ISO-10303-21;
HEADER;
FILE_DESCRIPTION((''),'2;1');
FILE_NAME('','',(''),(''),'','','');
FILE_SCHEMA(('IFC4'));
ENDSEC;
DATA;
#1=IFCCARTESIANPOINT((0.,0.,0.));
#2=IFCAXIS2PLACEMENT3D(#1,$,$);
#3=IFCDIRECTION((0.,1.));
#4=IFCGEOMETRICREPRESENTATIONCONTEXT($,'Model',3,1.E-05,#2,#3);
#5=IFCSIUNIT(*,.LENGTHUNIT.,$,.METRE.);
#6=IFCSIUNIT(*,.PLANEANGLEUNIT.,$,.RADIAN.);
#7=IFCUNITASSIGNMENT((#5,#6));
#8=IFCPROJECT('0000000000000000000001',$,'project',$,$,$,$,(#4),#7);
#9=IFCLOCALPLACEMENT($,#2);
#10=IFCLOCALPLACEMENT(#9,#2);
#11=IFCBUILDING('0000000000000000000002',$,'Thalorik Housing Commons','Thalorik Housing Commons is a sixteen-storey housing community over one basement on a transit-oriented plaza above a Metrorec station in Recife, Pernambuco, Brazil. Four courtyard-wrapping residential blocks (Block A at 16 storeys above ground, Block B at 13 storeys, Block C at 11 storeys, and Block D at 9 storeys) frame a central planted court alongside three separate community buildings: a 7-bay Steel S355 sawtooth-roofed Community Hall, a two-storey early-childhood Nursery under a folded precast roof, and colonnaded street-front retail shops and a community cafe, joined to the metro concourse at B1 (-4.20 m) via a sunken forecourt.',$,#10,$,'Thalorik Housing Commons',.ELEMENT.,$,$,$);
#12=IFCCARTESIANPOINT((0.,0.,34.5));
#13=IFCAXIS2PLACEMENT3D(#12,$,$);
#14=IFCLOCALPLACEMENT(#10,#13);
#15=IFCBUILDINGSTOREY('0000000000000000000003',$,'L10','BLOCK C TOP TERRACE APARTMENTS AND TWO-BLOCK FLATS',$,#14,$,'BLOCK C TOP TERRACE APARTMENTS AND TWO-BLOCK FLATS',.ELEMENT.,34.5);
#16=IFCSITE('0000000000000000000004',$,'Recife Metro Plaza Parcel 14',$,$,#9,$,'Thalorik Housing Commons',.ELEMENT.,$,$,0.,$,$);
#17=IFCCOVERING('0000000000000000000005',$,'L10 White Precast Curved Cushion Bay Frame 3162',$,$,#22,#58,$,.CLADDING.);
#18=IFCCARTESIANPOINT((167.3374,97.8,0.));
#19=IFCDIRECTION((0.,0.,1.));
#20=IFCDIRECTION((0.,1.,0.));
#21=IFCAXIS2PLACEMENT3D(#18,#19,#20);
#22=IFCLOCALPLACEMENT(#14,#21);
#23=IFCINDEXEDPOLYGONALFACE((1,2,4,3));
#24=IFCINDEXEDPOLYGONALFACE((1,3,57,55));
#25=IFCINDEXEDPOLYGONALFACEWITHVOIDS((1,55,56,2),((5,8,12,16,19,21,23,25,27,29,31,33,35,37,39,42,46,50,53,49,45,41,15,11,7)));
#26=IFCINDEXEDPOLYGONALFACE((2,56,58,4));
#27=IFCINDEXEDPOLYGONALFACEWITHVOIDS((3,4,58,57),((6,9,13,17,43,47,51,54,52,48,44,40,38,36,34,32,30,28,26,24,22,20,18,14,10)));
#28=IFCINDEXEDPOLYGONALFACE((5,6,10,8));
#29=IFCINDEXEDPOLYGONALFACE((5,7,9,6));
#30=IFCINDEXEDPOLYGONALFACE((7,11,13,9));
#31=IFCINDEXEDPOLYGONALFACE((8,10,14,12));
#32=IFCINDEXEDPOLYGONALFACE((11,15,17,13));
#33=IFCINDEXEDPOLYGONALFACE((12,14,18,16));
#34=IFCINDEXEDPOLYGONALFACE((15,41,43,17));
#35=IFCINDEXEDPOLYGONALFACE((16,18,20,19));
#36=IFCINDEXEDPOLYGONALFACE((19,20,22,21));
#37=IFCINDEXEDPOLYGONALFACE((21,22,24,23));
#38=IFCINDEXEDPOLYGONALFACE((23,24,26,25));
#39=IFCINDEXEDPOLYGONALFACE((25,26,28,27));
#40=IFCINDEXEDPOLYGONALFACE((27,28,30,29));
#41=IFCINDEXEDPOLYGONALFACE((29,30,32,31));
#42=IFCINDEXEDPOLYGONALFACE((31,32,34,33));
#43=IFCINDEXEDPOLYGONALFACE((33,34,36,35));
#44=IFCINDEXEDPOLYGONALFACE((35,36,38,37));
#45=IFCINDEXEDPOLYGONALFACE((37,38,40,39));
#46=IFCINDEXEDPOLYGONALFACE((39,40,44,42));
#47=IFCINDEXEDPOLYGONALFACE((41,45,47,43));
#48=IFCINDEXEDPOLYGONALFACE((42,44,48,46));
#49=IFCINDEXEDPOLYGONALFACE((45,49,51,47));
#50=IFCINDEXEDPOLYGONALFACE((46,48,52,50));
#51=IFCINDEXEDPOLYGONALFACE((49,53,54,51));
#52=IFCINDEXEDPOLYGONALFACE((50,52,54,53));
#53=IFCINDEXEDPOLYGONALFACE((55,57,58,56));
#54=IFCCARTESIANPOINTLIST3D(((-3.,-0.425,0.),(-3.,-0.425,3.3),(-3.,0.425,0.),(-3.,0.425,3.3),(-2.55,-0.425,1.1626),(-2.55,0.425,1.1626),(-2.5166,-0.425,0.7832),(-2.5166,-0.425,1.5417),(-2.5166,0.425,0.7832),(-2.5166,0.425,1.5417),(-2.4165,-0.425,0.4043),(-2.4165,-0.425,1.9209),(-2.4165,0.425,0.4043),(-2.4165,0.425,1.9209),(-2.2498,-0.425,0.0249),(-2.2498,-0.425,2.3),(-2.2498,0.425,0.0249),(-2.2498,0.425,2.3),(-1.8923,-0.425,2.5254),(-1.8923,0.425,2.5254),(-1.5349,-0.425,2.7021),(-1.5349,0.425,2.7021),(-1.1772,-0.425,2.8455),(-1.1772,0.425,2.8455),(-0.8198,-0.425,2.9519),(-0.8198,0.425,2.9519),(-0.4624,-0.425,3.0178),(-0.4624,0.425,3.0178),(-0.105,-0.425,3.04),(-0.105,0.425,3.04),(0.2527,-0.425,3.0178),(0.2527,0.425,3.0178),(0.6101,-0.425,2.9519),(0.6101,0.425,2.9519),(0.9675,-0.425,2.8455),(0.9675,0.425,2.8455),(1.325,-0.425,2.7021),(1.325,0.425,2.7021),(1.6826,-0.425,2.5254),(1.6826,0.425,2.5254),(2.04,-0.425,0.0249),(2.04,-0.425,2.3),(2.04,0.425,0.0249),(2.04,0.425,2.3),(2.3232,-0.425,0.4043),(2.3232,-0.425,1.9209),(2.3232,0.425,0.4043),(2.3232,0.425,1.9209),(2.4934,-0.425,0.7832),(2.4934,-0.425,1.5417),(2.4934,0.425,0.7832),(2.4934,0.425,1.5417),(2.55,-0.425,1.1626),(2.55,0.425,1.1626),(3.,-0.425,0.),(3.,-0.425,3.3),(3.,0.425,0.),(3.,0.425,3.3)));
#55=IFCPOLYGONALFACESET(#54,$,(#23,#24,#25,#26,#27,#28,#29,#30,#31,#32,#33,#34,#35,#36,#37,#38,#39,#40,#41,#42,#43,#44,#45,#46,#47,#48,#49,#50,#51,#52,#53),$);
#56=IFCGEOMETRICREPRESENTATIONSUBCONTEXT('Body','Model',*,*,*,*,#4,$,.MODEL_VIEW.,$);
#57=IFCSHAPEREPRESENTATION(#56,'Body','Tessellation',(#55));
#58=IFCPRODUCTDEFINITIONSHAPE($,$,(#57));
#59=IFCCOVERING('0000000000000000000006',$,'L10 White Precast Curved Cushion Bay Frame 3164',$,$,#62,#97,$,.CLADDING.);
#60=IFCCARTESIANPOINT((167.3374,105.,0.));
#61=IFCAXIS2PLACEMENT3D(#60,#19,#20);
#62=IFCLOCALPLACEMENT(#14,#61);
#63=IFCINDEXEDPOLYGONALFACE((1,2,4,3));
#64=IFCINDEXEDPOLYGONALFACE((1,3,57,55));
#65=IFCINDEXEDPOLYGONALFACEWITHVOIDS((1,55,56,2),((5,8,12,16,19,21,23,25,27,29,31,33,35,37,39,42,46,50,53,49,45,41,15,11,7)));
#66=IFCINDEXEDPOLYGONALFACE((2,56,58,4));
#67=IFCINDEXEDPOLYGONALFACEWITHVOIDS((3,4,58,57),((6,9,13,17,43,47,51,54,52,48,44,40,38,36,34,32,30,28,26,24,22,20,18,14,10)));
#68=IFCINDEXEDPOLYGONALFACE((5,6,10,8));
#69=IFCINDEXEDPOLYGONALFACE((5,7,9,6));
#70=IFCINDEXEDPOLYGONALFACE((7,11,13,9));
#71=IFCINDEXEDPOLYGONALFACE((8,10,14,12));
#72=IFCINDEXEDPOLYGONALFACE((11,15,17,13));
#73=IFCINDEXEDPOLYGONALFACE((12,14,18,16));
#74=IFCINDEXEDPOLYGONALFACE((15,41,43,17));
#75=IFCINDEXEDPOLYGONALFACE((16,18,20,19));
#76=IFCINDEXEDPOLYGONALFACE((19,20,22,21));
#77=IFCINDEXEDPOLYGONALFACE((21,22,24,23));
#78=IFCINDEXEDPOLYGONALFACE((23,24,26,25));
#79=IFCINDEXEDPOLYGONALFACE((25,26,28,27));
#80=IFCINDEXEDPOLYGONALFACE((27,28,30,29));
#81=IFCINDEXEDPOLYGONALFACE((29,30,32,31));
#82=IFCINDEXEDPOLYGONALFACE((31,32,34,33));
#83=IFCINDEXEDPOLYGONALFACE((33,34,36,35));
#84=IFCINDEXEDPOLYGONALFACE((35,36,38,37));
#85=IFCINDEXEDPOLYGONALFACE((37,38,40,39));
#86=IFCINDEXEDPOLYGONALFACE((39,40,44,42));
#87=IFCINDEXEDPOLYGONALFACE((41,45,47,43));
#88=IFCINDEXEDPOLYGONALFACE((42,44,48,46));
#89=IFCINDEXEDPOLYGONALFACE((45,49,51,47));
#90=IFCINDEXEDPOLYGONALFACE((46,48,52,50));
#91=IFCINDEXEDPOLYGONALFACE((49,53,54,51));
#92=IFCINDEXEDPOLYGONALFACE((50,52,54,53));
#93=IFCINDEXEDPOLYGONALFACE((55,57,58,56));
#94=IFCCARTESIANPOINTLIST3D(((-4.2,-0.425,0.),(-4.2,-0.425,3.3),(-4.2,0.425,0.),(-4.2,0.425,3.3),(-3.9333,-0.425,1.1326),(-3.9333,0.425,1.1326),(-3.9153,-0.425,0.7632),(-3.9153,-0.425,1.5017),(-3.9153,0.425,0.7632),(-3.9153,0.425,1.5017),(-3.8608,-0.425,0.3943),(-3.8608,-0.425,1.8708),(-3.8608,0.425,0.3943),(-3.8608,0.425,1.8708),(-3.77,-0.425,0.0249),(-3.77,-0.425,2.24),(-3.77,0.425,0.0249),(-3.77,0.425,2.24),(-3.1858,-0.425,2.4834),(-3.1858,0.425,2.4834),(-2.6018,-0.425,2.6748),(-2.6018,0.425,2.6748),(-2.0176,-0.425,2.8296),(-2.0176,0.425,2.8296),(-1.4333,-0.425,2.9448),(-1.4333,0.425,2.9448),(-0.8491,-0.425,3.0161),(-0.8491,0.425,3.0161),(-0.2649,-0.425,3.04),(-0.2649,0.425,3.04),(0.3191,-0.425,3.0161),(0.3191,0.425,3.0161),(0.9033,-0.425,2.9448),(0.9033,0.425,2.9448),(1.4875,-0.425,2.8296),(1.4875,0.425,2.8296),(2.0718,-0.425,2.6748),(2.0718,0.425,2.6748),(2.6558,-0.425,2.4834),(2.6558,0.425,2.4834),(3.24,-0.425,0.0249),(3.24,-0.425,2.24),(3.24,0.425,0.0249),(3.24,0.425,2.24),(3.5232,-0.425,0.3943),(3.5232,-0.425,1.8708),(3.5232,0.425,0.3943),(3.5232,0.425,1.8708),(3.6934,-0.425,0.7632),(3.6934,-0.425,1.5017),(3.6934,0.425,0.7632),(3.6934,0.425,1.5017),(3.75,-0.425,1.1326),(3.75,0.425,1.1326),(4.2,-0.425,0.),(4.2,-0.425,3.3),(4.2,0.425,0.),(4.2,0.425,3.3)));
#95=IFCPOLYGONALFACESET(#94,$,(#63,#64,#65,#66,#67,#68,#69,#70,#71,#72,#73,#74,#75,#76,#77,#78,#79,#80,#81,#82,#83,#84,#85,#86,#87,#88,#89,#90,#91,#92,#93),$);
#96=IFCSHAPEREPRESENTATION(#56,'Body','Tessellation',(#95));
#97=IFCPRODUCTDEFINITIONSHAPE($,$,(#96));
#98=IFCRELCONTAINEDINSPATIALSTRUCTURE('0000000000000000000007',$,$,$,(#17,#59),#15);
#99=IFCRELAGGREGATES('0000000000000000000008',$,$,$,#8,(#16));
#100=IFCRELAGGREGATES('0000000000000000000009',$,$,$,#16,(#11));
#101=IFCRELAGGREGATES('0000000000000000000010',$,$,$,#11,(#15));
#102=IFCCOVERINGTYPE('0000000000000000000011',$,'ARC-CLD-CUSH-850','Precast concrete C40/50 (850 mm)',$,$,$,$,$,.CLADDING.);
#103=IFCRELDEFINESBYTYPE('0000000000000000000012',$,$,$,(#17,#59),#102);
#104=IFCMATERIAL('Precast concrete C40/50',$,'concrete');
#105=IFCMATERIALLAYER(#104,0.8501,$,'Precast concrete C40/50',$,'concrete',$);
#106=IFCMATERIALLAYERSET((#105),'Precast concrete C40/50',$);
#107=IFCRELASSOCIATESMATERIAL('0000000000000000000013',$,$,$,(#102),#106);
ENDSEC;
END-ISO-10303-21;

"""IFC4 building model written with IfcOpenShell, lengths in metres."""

from ifc_helpers import new_model, si_unit, direction, frame, origin, place, context, subcontext, project, spatial, polyline, outline, extrude, material, layer, layer_set, type_object, element, save


model = new_model("IFC4")

# Units and contexts
model_context = context("Model", 3, precision=1e-05, world=origin(), true_north=direction((0.0, 1.0)))
body_context = subcontext(model_context, "Body", "Model", "MODEL_VIEW")
ifc_project = project(units=[si_unit("LENGTHUNIT", "METRE"), si_unit("PLANEANGLEUNIT", "RADIAN")], contexts=[model_context])

# Site, building, storey
site_placement = place(None, origin())
site = spatial("IfcSite", under=ifc_project, at=site_placement, Name="Recife Metro Plaza Parcel 14", LongName="Thalorik Housing Commons", CompositionType="ELEMENT", RefElevation=0.0)
building_placement = place(site_placement, origin())
building = spatial("IfcBuilding", under=site, at=building_placement, Name="Thalorik Housing Commons", Description="Thalorik Housing Commons is a sixteen-storey housing community over one basement on a transit-oriented plaza above a Metrorec station in Recife, Pernambuco, Brazil. Four courtyard-wrapping residential blocks (Block A at 16 storeys above ground, Block B at 13 storeys, Block C at 11 storeys, and Block D at 9 storeys) frame a central planted court alongside three separate community buildings: a 7-bay Steel S355 sawtooth-roofed Community Hall, a two-storey early-childhood Nursery under a folded precast roof, and colonnaded street-front retail shops and a community cafe, joined to the metro concourse at B1 (-4.20 m) via a sunken forecourt.", LongName="Thalorik Housing Commons", CompositionType="ELEMENT")
storey_placement = place(building_placement, frame((0.0, 0.0, 34.5)))
storey = spatial("IfcBuildingStorey", under=building, at=storey_placement, Name="L10", Description="BLOCK C TOP TERRACE APARTMENTS AND TWO-BLOCK FLATS", LongName="BLOCK C TOP TERRACE APARTMENTS AND TWO-BLOCK FLATS", CompositionType="ELEMENT", Elevation=34.5)

# Shared definitions
ifc_material_1 = material(Name="Precast concrete C40/50", Category="concrete")

# Coverings
ifc_layer_1 = layer(ifc_material_1, 0.8501, Name="Precast concrete C40/50", Category="concrete")
ifc_layer_set_1 = layer_set([ifc_layer_1], Name="Precast concrete C40/50")
covering_type_1 = type_object("IfcCoveringType", Name="ARC-CLD-CUSH-850", Description="Precast concrete C40/50 (850 mm)", PredefinedType="CLADDING", material=ifc_layer_set_1)
covering_1_placement = place(storey_placement, frame((167.3374, 97.8, 0.0), z_axis=(0.0, 0.0, 1.0), x_axis=(0.0, 1.0, 0.0)))
element("IfcCovering", 1, at=covering_1_placement, inside=storey, type_object=covering_type_1, Name="L10 White Precast Curved Cushion Bay Frame 3162", PredefinedType="CLADDING", context=body_context, shape_type="SweptSolid", body=[
    extrude(outline(polyline([(-3.0, 0.0), (3.0, 0.0), (3.0, 3.3), (-3.0, 3.3), (-3.0, 0.0)]), holes=[polyline([(2.04, 0.0249), (2.3232, 0.4043), (2.4934, 0.7832), (2.55, 1.1626), (2.4934, 1.5417), (2.3232, 1.9209), (2.04, 2.3), (1.6826, 2.5254), (1.325, 2.7021), (0.9675, 2.8455), (0.6101, 2.9519), (0.2527, 3.0178), (-0.105, 3.04), (-0.4624, 3.0178), (-0.8198, 2.9519), (-1.1772, 2.8455), (-1.5349, 2.7021), (-1.8923, 2.5254), (-2.2498, 2.3), (-2.4165, 1.9209), (-2.5166, 1.5417), (-2.55, 1.1626), (-2.5166, 0.7832), (-2.4165, 0.4043), (-2.2498, 0.0249), (2.04, 0.0249)])]), frame((0.0, 0.425, 0.0), z_axis=(0.0, -1.0, 0.0), x_axis=(1.0, 0.0, 0.0)), (0.0, 0.0, 1.0), 0.8501),
])
covering_2_placement = place(storey_placement, frame((167.3374, 105.0, 0.0), z_axis=(0.0, 0.0, 1.0), x_axis=(0.0, 1.0, 0.0)))
element("IfcCovering", 2, at=covering_2_placement, inside=storey, type_object=covering_type_1, Name="L10 White Precast Curved Cushion Bay Frame 3164", PredefinedType="CLADDING", context=body_context, shape_type="SweptSolid", body=[
    extrude(outline(polyline([(-4.2, 0.0), (4.2, 0.0), (4.2, 3.3), (-4.2, 3.3), (-4.2, 0.0)]), holes=[polyline([(3.24, 0.0249), (3.5232, 0.3943), (3.6934, 0.7632), (3.75, 1.1326), (3.6934, 1.5017), (3.5232, 1.8708), (3.24, 2.24), (2.6558, 2.4834), (2.0718, 2.6748), (1.4875, 2.8296), (0.9033, 2.9448), (0.3191, 3.0161), (-0.2649, 3.04), (-0.8491, 3.0161), (-1.4333, 2.9448), (-2.0176, 2.8296), (-2.6018, 2.6748), (-3.1858, 2.4834), (-3.77, 2.24), (-3.8608, 1.8708), (-3.9153, 1.5017), (-3.9333, 1.1326), (-3.9153, 0.7632), (-3.8608, 0.3943), (-3.77, 0.0249), (3.24, 0.0249)])]), frame((0.0, 0.425, 0.0), z_axis=(0.0, -1.0, 0.0), x_axis=(1.0, 0.0, 0.0)), (0.0, 0.0, 1.0), 0.8501),
])

save(model, "model.ifc")
